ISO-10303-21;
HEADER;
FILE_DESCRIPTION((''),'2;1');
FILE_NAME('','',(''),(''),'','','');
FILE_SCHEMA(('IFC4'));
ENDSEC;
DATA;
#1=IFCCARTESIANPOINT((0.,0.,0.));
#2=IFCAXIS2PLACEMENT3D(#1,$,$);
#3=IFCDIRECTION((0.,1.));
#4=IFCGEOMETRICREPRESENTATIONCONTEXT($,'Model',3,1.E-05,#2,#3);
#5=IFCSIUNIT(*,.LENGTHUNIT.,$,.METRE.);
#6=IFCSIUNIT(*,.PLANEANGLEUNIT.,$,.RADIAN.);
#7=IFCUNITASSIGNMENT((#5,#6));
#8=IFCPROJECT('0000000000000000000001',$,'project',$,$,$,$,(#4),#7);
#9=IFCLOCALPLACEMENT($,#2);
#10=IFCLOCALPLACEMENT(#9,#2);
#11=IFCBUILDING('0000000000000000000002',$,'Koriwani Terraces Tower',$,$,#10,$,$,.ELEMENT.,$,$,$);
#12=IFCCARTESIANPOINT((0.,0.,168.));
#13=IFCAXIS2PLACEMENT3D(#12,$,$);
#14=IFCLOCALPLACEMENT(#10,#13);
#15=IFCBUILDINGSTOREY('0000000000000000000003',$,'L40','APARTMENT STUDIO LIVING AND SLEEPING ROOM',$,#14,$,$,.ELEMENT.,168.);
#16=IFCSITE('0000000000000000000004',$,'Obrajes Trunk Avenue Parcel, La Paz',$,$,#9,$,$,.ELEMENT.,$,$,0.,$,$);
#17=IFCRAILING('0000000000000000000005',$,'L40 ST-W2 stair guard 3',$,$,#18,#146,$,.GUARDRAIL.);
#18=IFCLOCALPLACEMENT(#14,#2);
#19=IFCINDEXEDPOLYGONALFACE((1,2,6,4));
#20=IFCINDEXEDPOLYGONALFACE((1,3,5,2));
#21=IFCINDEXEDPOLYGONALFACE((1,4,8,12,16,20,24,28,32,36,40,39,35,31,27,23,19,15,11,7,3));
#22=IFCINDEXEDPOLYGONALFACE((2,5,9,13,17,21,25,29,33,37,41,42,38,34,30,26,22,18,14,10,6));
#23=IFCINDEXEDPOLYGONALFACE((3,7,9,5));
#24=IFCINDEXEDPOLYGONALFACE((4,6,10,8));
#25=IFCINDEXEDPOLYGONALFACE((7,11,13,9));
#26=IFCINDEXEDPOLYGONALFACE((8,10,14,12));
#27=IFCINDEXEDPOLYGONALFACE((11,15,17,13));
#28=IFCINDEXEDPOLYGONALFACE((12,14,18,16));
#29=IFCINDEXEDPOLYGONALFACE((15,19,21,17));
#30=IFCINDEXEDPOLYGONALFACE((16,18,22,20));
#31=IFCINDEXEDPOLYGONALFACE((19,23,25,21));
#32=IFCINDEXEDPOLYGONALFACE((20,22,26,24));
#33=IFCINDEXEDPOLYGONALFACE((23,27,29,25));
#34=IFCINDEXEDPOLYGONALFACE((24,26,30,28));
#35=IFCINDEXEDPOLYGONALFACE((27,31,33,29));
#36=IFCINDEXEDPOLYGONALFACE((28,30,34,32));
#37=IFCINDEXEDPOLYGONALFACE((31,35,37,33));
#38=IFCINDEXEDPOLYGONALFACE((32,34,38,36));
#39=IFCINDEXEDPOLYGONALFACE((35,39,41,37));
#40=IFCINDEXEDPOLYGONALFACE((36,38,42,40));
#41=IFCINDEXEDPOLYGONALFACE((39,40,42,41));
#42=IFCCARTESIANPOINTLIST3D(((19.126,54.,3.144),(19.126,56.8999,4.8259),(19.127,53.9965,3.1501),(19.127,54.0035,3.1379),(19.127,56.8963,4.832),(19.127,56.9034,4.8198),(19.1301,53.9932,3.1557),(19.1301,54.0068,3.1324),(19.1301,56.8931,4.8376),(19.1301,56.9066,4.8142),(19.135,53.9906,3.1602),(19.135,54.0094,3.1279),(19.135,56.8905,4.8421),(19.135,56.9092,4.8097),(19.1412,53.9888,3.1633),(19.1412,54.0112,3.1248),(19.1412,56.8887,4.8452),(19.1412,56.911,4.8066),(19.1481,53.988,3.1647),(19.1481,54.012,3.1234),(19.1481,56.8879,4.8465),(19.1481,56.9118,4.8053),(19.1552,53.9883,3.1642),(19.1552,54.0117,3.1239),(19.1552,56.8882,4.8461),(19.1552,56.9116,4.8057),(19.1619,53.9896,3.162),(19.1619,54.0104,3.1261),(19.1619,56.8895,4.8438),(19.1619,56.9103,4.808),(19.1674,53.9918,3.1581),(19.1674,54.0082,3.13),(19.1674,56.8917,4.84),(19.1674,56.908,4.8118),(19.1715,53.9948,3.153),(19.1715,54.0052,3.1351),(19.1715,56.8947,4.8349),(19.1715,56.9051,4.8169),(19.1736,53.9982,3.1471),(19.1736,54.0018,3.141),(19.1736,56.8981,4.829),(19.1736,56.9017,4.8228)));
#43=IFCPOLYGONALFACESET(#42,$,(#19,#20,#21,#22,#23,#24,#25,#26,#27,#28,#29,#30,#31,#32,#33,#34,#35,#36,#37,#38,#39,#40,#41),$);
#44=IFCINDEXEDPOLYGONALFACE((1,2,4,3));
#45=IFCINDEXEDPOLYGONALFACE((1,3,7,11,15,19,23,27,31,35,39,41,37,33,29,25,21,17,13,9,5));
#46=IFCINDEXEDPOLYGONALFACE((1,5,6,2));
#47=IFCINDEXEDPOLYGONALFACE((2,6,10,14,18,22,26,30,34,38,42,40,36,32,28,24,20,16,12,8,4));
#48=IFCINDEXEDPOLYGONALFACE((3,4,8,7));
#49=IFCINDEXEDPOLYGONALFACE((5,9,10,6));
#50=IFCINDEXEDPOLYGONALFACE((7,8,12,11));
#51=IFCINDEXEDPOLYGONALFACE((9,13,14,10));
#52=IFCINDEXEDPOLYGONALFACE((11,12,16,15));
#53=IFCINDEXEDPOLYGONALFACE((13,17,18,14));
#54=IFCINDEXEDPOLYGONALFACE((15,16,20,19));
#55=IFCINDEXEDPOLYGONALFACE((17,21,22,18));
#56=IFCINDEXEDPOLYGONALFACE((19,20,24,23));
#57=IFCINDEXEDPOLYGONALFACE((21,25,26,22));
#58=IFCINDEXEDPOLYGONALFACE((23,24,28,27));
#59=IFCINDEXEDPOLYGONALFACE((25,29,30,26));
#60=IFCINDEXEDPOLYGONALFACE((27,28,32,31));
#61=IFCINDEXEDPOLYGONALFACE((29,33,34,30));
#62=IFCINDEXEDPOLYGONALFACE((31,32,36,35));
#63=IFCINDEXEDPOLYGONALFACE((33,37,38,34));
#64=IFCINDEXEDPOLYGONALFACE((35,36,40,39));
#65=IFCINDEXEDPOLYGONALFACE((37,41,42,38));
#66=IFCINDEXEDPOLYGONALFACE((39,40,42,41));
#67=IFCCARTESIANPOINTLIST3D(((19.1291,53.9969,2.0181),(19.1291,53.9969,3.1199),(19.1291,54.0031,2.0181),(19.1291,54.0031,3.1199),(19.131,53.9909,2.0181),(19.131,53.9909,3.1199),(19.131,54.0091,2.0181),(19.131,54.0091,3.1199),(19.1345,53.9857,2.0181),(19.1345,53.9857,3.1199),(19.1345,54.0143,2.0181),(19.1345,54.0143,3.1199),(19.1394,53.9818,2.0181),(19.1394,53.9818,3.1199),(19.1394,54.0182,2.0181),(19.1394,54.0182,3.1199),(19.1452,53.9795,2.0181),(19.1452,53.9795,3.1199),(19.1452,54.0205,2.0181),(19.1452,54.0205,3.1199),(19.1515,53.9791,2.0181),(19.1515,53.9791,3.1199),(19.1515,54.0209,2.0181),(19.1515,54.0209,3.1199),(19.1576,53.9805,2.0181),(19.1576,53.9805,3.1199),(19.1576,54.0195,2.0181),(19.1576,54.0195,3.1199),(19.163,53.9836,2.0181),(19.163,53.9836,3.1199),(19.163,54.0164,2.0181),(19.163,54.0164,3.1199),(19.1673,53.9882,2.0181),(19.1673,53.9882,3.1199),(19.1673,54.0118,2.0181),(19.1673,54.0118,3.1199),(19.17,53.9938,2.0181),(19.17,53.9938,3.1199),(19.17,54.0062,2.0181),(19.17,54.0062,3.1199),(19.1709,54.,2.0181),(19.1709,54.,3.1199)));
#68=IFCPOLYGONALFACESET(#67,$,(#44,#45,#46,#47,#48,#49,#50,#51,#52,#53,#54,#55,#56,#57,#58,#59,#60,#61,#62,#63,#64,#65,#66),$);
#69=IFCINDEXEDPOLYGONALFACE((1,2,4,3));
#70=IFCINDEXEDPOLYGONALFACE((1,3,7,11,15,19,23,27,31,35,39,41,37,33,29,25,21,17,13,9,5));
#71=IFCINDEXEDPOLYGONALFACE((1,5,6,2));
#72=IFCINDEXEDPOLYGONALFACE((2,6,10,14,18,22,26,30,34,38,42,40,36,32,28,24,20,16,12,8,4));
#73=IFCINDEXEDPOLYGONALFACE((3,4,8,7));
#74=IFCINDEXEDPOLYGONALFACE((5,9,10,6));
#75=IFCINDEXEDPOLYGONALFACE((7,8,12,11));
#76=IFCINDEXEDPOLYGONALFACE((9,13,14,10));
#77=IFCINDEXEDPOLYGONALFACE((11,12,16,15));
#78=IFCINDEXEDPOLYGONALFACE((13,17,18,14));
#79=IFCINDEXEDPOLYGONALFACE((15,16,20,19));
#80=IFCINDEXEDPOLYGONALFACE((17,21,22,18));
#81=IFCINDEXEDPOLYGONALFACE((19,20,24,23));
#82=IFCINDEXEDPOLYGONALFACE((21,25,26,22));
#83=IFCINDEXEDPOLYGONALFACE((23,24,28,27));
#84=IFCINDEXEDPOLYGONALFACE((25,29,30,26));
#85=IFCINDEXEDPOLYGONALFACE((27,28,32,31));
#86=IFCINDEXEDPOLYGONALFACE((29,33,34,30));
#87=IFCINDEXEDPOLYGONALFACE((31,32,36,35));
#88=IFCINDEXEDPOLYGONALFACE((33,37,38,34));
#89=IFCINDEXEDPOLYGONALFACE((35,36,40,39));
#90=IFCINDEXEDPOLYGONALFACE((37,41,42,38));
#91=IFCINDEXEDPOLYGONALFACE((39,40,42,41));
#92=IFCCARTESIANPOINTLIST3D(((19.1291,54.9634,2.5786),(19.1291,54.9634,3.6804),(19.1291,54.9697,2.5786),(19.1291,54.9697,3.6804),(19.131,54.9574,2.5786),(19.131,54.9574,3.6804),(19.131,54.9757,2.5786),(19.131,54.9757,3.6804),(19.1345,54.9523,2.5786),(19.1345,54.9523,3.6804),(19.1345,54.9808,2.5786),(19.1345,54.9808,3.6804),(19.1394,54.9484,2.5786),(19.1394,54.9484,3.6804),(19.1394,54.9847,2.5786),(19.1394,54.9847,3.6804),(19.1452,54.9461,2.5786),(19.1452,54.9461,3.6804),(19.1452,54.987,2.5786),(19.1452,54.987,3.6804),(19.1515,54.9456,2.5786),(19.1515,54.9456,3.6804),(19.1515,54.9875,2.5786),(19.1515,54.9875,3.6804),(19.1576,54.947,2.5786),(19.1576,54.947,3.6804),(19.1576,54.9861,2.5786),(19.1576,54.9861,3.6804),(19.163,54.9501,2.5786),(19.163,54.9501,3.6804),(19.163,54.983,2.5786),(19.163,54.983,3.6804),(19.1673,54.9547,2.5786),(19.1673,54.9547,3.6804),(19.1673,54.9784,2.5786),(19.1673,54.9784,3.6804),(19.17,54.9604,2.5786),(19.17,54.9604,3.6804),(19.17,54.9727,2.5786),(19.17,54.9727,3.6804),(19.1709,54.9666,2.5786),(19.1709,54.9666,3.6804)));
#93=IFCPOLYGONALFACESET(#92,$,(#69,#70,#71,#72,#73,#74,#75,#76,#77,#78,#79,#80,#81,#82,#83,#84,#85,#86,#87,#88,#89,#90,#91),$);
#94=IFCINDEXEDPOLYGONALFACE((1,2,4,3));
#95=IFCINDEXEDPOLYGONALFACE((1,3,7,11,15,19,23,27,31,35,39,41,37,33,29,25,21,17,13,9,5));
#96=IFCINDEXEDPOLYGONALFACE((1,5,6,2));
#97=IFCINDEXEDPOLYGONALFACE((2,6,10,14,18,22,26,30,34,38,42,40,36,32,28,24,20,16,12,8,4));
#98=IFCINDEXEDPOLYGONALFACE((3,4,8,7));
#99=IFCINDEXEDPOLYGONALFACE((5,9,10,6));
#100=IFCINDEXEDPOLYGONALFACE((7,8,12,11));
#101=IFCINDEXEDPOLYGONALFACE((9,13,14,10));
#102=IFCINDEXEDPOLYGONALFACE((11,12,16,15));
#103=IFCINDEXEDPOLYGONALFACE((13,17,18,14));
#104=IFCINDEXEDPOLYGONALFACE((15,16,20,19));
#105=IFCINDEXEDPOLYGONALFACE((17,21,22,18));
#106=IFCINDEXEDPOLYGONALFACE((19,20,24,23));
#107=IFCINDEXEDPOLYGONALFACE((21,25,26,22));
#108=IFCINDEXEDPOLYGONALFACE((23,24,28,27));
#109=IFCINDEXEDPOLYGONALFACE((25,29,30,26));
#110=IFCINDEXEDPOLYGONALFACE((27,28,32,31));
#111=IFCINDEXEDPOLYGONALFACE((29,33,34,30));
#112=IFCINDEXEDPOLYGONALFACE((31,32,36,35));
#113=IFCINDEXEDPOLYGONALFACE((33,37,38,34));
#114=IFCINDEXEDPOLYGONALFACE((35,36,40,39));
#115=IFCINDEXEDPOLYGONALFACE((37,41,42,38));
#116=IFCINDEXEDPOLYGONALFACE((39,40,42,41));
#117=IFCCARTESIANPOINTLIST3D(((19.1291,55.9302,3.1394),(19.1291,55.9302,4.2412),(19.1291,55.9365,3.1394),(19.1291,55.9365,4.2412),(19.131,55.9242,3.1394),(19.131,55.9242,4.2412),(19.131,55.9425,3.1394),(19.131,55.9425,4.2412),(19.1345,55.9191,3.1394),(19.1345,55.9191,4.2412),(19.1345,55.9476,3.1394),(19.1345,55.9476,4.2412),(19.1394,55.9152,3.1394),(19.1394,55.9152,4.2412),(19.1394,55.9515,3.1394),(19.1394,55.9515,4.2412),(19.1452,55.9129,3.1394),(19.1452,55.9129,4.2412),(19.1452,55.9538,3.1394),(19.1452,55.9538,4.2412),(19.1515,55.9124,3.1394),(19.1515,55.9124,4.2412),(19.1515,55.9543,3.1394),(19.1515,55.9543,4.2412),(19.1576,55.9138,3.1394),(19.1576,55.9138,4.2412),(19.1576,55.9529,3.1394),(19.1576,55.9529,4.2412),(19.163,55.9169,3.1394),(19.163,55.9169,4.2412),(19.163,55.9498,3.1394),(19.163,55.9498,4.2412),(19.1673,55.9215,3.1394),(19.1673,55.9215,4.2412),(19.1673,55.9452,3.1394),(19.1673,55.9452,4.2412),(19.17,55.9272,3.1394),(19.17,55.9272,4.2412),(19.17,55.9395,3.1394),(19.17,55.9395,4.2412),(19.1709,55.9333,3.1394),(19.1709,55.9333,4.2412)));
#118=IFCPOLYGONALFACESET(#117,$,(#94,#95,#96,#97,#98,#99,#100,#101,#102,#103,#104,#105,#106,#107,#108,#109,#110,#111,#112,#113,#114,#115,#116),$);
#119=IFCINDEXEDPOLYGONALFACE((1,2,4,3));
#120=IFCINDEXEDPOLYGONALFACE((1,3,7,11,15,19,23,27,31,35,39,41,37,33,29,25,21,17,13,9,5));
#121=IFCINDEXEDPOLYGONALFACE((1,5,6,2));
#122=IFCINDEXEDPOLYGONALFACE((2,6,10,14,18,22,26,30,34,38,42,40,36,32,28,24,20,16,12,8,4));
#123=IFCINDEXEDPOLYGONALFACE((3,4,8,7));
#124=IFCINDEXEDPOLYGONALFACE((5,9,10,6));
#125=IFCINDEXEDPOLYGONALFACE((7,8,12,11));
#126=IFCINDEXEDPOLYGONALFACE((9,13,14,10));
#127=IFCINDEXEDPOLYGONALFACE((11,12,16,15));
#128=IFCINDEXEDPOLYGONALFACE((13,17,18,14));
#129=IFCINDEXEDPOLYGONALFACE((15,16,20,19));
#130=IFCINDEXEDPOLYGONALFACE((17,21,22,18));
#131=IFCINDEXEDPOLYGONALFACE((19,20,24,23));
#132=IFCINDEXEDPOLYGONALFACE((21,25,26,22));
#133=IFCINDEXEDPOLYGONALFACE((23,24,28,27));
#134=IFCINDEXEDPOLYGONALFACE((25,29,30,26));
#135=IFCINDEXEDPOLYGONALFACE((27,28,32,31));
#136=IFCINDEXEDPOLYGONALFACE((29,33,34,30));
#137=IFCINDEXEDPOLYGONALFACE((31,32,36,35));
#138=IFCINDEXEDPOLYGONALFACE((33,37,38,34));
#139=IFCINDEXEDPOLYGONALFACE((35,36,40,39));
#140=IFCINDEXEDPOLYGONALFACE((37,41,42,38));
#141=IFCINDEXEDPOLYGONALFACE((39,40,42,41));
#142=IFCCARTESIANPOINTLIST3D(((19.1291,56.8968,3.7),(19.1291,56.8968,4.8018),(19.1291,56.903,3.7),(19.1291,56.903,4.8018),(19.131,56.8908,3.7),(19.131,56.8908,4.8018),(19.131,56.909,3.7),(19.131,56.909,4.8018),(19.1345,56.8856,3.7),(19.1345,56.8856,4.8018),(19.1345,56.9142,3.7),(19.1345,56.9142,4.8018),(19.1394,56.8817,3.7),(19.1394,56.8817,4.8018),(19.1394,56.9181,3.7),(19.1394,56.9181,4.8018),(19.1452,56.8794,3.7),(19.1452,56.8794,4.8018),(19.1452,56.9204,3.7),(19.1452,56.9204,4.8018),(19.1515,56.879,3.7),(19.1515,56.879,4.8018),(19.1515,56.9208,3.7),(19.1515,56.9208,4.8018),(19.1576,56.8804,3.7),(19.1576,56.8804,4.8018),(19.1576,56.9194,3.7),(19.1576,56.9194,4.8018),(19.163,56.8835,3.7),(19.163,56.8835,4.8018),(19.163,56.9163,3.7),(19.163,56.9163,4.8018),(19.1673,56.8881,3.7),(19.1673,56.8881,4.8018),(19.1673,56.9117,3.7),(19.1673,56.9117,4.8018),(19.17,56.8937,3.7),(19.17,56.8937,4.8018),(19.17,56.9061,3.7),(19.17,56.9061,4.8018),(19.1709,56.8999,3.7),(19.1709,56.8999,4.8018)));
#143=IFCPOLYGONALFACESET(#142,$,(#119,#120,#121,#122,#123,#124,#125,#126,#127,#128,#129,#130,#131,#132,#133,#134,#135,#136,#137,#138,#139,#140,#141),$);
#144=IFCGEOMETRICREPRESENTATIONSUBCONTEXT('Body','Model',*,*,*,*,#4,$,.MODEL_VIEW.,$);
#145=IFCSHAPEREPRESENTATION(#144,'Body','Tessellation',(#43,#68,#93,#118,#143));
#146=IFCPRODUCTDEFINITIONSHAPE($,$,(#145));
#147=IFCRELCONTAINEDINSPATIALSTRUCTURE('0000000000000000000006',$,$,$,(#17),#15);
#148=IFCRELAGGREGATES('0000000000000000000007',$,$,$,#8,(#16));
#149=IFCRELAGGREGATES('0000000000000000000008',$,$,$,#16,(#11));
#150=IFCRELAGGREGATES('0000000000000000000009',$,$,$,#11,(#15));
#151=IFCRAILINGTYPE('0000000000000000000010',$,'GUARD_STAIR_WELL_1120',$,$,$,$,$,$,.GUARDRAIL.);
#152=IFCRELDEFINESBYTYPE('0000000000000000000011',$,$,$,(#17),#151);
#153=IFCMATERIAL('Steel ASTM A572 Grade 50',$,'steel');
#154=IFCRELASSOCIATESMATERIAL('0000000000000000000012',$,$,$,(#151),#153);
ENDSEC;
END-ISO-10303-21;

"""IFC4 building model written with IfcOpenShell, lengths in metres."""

from ifc_helpers import new_model, si_unit, direction, frame, origin, origin_2d, place, context, subcontext, project, spatial, circle, extrude, material, type_object, element, save


model = new_model("IFC4")

# Units and contexts
model_context = context("Model", 3, precision=1e-05, world=origin(), true_north=direction((0.0, 1.0)))
body_context = subcontext(model_context, "Body", "Model", "MODEL_VIEW")
ifc_project = project(units=[si_unit("LENGTHUNIT", "METRE"), si_unit("PLANEANGLEUNIT", "RADIAN")], contexts=[model_context])

# Site, building, storey
site_placement = place(None, origin())
site = spatial("IfcSite", under=ifc_project, at=site_placement, Name="Obrajes Trunk Avenue Parcel, La Paz", CompositionType="ELEMENT", RefElevation=0.0)
building_placement = place(site_placement, origin())
building = spatial("IfcBuilding", under=site, at=building_placement, Name="Koriwani Terraces Tower", CompositionType="ELEMENT")
storey_placement = place(building_placement, frame((0.0, 0.0, 168.0)))
storey = spatial("IfcBuildingStorey", under=building, at=storey_placement, Name="L40", Description="APARTMENT STUDIO LIVING AND SLEEPING ROOM", CompositionType="ELEMENT", Elevation=168.0)

# Shared definitions
ifc_material_1 = material(Name="Steel ASTM A572 Grade 50", Category="steel")

# Railing
railing_type_1 = type_object("IfcRailingType", Name="GUARD_STAIR_WELL_1120", PredefinedType="GUARDRAIL", material=ifc_material_1)
railing_1_placement = place(storey_placement, frame((19.1499, 54.0, 2.0181)))
element("IfcRailing", 1, at=railing_1_placement, inside=storey, type_object=railing_type_1, Name="L40 ST-W2 stair guard 3", PredefinedType="GUARDRAIL", context=body_context, shape_type="SweptSolid", body=[
    extrude(circle(Radius=0.0239, at=origin_2d()), frame((0.0, 0.0, 1.126), z_axis=(0.0, 0.865039, 0.501705), x_axis=(-1.0, 0.0, 0.0)), (0.0, 0.0, 1.0), 3.3523),
    extrude(circle(Radius=0.021, at=origin_2d()), origin(), (0.0, 0.0, 1.0), 1.1018),
    extrude(circle(Radius=0.021, at=origin_2d()), frame((0.0, 0.9666, 0.5605)), (0.0, 0.0, 1.0), 1.1018),
    extrude(circle(Radius=0.021, at=origin_2d()), frame((0.0, 1.9333, 1.1213)), (0.0, 0.0, 1.0), 1.1018),
    extrude(circle(Radius=0.021, at=origin_2d()), frame((0.0, 2.8999, 1.6819)), (0.0, 0.0, 1.0), 1.1018),
])

save(model, "model.ifc")
